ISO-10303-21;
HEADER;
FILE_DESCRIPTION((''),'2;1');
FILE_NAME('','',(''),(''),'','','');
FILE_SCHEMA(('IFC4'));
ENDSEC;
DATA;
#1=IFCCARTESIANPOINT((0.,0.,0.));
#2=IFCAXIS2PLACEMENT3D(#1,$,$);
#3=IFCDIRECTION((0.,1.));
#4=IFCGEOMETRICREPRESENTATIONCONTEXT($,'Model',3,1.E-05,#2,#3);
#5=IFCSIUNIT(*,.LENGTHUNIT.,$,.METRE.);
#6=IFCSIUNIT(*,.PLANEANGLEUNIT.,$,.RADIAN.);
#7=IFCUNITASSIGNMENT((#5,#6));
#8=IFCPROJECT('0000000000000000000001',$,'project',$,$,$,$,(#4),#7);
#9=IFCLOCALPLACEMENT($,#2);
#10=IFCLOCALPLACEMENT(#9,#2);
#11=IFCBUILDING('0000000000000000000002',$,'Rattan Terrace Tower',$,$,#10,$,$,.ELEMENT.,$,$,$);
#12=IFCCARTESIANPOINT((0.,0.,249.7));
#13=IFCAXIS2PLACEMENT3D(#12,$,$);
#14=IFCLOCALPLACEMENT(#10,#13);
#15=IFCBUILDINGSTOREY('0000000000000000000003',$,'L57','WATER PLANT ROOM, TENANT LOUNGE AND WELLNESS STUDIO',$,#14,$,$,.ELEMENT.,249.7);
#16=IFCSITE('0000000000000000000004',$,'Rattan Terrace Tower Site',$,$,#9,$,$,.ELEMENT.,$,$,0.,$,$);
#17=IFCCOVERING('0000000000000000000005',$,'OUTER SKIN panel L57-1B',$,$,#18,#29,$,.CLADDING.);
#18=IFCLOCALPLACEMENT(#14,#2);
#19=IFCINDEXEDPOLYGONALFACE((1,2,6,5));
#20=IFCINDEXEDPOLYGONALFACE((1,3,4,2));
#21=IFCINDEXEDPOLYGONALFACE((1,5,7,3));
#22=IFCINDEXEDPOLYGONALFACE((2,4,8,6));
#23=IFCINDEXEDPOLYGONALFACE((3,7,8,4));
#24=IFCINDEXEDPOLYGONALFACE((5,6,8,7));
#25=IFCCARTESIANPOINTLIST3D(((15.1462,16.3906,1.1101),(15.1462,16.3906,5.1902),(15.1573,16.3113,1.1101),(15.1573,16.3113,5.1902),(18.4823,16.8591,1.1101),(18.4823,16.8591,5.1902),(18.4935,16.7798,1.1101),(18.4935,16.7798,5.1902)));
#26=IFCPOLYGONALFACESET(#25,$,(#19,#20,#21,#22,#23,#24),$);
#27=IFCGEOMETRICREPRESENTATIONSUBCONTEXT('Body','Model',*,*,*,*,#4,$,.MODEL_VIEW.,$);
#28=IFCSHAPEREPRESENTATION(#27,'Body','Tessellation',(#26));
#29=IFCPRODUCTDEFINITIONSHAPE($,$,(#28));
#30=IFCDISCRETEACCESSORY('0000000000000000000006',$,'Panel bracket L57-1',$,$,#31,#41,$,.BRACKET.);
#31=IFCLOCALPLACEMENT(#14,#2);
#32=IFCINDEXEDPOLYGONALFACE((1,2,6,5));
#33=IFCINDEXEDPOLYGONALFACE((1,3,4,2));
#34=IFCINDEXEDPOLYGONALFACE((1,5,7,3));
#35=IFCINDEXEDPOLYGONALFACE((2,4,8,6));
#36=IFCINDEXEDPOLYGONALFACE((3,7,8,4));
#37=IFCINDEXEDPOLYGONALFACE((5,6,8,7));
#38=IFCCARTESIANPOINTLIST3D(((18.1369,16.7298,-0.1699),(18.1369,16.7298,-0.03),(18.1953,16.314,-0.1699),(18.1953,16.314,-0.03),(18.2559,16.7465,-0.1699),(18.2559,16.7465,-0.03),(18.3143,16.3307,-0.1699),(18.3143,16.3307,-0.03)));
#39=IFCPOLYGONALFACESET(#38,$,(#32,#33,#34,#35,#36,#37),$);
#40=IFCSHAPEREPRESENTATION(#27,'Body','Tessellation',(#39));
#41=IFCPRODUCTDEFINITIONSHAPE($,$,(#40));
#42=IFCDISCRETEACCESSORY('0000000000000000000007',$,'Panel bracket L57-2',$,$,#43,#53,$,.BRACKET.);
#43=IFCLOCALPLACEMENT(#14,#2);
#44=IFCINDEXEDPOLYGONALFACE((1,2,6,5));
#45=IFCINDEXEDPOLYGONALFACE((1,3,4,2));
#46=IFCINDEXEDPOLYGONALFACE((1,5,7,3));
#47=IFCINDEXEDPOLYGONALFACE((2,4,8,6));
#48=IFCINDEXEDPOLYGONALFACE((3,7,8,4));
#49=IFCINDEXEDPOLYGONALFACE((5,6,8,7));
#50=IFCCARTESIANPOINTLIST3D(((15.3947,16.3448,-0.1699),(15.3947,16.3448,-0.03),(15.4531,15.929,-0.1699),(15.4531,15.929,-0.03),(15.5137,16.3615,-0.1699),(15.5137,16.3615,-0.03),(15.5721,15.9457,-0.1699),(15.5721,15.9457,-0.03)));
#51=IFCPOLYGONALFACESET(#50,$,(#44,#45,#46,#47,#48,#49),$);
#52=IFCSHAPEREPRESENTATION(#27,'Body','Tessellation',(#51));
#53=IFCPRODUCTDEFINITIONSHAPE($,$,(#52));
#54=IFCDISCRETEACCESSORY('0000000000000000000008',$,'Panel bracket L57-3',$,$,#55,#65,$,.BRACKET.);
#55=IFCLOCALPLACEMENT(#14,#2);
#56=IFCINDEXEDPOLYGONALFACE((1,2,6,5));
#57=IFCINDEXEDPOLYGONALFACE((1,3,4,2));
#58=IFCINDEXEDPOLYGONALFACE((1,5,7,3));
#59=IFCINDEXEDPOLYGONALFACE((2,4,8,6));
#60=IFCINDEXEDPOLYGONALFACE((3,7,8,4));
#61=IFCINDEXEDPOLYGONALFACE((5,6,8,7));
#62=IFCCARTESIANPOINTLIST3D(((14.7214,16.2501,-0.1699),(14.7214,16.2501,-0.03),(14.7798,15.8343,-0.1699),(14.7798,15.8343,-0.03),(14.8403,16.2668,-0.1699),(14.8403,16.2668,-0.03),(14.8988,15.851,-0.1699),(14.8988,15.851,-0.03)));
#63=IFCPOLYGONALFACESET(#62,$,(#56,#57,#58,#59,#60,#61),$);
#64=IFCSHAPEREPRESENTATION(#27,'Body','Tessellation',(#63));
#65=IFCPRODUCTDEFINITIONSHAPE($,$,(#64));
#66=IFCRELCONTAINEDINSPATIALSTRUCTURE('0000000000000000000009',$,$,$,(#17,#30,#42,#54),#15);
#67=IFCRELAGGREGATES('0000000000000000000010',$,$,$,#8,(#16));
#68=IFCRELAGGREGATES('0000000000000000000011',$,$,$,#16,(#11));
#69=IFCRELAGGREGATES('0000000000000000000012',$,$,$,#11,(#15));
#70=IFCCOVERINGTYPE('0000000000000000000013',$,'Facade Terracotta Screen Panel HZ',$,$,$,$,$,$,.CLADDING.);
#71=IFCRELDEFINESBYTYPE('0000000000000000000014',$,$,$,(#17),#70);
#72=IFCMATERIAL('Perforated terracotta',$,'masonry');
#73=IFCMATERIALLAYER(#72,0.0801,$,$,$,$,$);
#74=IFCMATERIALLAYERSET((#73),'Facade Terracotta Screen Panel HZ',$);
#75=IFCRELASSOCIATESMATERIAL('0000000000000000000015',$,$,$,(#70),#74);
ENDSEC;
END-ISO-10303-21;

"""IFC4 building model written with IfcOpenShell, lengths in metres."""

from ifc_helpers import new_model, si_unit, direction, frame, origin, origin_2d, place, context, subcontext, project, spatial, rectangle, extrude, material, layer, layer_set, type_object, element, save


model = new_model("IFC4")

# Units and contexts
model_context = context("Model", 3, precision=1e-05, world=origin(), true_north=direction((0.0, 1.0)))
body_context = subcontext(model_context, "Body", "Model", "MODEL_VIEW")
ifc_project = project(units=[si_unit("LENGTHUNIT", "METRE"), si_unit("PLANEANGLEUNIT", "RADIAN")], contexts=[model_context])

# Site, building, storey
site_placement = place(None, origin())
site = spatial("IfcSite", under=ifc_project, at=site_placement, Name="Rattan Terrace Tower Site", CompositionType="ELEMENT", RefElevation=0.0)
building_placement = place(site_placement, origin())
building = spatial("IfcBuilding", under=site, at=building_placement, Name="Rattan Terrace Tower", CompositionType="ELEMENT")
storey_placement = place(building_placement, frame((0.0, 0.0, 249.7)))
storey = spatial("IfcBuildingStorey", under=building, at=storey_placement, Name="L57", Description="WATER PLANT ROOM, TENANT LOUNGE AND WELLNESS STUDIO", CompositionType="ELEMENT", Elevation=249.7)

# Covering
ifc_material_1 = material(Name="Perforated terracotta", Category="masonry")
ifc_layer_1 = layer(ifc_material_1, 0.0801)
ifc_layer_set_1 = layer_set([ifc_layer_1], Name="Facade Terracotta Screen Panel HZ")
covering_type_1 = type_object("IfcCoveringType", Name="Facade Terracotta Screen Panel HZ", PredefinedType="CLADDING", material=ifc_layer_set_1)
covering_1_placement = place(storey_placement, frame((16.8198, 16.5852, 1.1101), z_axis=(0.0, 0.0, 1.0), x_axis=(-0.990287, -0.13904, 0.0)))
element("IfcCovering", 1, at=covering_1_placement, inside=storey, type_object=covering_type_1, Name="OUTER SKIN panel L57-1B", PredefinedType="CLADDING", context=body_context, shape_type="SweptSolid", body=[
    extrude(rectangle(XDim=3.3689, YDim=0.0801, at=origin_2d()), origin(), (0.0, 0.0, 1.0), 4.0801),
])

# Discrete accessories
for number, where, z_axis, x_axis, name in (
    (2, (18.2256, 16.5303, -0.1699), (0.0, 0.0, 1.0), (-0.990287, -0.13904, 0.0), "Panel bracket L57-1"),
    (3, (15.4834, 16.1453, -0.1699), (0.0, 0.0, 1.0), (-0.990287, -0.13904, 0.0), "Panel bracket L57-2"),
    (4, (14.8101, 16.0505, -0.1699), (0.0, 0.0, 1.0), (-0.990266, -0.139189, 0.0), "Panel bracket L57-3"),
):
    element("IfcDiscreteAccessory", number, at=place(storey_placement, frame(where, z_axis=z_axis, x_axis=x_axis)), inside=storey, Name=name, PredefinedType="BRACKET", context=body_context, shape_type="SweptSolid", body=[
        extrude(rectangle(XDim=0.1201, YDim=0.4199, at=origin_2d()), origin(), (0.0, 0.0, 1.0), 0.1399),
    ])

save(model, "model.ifc")
